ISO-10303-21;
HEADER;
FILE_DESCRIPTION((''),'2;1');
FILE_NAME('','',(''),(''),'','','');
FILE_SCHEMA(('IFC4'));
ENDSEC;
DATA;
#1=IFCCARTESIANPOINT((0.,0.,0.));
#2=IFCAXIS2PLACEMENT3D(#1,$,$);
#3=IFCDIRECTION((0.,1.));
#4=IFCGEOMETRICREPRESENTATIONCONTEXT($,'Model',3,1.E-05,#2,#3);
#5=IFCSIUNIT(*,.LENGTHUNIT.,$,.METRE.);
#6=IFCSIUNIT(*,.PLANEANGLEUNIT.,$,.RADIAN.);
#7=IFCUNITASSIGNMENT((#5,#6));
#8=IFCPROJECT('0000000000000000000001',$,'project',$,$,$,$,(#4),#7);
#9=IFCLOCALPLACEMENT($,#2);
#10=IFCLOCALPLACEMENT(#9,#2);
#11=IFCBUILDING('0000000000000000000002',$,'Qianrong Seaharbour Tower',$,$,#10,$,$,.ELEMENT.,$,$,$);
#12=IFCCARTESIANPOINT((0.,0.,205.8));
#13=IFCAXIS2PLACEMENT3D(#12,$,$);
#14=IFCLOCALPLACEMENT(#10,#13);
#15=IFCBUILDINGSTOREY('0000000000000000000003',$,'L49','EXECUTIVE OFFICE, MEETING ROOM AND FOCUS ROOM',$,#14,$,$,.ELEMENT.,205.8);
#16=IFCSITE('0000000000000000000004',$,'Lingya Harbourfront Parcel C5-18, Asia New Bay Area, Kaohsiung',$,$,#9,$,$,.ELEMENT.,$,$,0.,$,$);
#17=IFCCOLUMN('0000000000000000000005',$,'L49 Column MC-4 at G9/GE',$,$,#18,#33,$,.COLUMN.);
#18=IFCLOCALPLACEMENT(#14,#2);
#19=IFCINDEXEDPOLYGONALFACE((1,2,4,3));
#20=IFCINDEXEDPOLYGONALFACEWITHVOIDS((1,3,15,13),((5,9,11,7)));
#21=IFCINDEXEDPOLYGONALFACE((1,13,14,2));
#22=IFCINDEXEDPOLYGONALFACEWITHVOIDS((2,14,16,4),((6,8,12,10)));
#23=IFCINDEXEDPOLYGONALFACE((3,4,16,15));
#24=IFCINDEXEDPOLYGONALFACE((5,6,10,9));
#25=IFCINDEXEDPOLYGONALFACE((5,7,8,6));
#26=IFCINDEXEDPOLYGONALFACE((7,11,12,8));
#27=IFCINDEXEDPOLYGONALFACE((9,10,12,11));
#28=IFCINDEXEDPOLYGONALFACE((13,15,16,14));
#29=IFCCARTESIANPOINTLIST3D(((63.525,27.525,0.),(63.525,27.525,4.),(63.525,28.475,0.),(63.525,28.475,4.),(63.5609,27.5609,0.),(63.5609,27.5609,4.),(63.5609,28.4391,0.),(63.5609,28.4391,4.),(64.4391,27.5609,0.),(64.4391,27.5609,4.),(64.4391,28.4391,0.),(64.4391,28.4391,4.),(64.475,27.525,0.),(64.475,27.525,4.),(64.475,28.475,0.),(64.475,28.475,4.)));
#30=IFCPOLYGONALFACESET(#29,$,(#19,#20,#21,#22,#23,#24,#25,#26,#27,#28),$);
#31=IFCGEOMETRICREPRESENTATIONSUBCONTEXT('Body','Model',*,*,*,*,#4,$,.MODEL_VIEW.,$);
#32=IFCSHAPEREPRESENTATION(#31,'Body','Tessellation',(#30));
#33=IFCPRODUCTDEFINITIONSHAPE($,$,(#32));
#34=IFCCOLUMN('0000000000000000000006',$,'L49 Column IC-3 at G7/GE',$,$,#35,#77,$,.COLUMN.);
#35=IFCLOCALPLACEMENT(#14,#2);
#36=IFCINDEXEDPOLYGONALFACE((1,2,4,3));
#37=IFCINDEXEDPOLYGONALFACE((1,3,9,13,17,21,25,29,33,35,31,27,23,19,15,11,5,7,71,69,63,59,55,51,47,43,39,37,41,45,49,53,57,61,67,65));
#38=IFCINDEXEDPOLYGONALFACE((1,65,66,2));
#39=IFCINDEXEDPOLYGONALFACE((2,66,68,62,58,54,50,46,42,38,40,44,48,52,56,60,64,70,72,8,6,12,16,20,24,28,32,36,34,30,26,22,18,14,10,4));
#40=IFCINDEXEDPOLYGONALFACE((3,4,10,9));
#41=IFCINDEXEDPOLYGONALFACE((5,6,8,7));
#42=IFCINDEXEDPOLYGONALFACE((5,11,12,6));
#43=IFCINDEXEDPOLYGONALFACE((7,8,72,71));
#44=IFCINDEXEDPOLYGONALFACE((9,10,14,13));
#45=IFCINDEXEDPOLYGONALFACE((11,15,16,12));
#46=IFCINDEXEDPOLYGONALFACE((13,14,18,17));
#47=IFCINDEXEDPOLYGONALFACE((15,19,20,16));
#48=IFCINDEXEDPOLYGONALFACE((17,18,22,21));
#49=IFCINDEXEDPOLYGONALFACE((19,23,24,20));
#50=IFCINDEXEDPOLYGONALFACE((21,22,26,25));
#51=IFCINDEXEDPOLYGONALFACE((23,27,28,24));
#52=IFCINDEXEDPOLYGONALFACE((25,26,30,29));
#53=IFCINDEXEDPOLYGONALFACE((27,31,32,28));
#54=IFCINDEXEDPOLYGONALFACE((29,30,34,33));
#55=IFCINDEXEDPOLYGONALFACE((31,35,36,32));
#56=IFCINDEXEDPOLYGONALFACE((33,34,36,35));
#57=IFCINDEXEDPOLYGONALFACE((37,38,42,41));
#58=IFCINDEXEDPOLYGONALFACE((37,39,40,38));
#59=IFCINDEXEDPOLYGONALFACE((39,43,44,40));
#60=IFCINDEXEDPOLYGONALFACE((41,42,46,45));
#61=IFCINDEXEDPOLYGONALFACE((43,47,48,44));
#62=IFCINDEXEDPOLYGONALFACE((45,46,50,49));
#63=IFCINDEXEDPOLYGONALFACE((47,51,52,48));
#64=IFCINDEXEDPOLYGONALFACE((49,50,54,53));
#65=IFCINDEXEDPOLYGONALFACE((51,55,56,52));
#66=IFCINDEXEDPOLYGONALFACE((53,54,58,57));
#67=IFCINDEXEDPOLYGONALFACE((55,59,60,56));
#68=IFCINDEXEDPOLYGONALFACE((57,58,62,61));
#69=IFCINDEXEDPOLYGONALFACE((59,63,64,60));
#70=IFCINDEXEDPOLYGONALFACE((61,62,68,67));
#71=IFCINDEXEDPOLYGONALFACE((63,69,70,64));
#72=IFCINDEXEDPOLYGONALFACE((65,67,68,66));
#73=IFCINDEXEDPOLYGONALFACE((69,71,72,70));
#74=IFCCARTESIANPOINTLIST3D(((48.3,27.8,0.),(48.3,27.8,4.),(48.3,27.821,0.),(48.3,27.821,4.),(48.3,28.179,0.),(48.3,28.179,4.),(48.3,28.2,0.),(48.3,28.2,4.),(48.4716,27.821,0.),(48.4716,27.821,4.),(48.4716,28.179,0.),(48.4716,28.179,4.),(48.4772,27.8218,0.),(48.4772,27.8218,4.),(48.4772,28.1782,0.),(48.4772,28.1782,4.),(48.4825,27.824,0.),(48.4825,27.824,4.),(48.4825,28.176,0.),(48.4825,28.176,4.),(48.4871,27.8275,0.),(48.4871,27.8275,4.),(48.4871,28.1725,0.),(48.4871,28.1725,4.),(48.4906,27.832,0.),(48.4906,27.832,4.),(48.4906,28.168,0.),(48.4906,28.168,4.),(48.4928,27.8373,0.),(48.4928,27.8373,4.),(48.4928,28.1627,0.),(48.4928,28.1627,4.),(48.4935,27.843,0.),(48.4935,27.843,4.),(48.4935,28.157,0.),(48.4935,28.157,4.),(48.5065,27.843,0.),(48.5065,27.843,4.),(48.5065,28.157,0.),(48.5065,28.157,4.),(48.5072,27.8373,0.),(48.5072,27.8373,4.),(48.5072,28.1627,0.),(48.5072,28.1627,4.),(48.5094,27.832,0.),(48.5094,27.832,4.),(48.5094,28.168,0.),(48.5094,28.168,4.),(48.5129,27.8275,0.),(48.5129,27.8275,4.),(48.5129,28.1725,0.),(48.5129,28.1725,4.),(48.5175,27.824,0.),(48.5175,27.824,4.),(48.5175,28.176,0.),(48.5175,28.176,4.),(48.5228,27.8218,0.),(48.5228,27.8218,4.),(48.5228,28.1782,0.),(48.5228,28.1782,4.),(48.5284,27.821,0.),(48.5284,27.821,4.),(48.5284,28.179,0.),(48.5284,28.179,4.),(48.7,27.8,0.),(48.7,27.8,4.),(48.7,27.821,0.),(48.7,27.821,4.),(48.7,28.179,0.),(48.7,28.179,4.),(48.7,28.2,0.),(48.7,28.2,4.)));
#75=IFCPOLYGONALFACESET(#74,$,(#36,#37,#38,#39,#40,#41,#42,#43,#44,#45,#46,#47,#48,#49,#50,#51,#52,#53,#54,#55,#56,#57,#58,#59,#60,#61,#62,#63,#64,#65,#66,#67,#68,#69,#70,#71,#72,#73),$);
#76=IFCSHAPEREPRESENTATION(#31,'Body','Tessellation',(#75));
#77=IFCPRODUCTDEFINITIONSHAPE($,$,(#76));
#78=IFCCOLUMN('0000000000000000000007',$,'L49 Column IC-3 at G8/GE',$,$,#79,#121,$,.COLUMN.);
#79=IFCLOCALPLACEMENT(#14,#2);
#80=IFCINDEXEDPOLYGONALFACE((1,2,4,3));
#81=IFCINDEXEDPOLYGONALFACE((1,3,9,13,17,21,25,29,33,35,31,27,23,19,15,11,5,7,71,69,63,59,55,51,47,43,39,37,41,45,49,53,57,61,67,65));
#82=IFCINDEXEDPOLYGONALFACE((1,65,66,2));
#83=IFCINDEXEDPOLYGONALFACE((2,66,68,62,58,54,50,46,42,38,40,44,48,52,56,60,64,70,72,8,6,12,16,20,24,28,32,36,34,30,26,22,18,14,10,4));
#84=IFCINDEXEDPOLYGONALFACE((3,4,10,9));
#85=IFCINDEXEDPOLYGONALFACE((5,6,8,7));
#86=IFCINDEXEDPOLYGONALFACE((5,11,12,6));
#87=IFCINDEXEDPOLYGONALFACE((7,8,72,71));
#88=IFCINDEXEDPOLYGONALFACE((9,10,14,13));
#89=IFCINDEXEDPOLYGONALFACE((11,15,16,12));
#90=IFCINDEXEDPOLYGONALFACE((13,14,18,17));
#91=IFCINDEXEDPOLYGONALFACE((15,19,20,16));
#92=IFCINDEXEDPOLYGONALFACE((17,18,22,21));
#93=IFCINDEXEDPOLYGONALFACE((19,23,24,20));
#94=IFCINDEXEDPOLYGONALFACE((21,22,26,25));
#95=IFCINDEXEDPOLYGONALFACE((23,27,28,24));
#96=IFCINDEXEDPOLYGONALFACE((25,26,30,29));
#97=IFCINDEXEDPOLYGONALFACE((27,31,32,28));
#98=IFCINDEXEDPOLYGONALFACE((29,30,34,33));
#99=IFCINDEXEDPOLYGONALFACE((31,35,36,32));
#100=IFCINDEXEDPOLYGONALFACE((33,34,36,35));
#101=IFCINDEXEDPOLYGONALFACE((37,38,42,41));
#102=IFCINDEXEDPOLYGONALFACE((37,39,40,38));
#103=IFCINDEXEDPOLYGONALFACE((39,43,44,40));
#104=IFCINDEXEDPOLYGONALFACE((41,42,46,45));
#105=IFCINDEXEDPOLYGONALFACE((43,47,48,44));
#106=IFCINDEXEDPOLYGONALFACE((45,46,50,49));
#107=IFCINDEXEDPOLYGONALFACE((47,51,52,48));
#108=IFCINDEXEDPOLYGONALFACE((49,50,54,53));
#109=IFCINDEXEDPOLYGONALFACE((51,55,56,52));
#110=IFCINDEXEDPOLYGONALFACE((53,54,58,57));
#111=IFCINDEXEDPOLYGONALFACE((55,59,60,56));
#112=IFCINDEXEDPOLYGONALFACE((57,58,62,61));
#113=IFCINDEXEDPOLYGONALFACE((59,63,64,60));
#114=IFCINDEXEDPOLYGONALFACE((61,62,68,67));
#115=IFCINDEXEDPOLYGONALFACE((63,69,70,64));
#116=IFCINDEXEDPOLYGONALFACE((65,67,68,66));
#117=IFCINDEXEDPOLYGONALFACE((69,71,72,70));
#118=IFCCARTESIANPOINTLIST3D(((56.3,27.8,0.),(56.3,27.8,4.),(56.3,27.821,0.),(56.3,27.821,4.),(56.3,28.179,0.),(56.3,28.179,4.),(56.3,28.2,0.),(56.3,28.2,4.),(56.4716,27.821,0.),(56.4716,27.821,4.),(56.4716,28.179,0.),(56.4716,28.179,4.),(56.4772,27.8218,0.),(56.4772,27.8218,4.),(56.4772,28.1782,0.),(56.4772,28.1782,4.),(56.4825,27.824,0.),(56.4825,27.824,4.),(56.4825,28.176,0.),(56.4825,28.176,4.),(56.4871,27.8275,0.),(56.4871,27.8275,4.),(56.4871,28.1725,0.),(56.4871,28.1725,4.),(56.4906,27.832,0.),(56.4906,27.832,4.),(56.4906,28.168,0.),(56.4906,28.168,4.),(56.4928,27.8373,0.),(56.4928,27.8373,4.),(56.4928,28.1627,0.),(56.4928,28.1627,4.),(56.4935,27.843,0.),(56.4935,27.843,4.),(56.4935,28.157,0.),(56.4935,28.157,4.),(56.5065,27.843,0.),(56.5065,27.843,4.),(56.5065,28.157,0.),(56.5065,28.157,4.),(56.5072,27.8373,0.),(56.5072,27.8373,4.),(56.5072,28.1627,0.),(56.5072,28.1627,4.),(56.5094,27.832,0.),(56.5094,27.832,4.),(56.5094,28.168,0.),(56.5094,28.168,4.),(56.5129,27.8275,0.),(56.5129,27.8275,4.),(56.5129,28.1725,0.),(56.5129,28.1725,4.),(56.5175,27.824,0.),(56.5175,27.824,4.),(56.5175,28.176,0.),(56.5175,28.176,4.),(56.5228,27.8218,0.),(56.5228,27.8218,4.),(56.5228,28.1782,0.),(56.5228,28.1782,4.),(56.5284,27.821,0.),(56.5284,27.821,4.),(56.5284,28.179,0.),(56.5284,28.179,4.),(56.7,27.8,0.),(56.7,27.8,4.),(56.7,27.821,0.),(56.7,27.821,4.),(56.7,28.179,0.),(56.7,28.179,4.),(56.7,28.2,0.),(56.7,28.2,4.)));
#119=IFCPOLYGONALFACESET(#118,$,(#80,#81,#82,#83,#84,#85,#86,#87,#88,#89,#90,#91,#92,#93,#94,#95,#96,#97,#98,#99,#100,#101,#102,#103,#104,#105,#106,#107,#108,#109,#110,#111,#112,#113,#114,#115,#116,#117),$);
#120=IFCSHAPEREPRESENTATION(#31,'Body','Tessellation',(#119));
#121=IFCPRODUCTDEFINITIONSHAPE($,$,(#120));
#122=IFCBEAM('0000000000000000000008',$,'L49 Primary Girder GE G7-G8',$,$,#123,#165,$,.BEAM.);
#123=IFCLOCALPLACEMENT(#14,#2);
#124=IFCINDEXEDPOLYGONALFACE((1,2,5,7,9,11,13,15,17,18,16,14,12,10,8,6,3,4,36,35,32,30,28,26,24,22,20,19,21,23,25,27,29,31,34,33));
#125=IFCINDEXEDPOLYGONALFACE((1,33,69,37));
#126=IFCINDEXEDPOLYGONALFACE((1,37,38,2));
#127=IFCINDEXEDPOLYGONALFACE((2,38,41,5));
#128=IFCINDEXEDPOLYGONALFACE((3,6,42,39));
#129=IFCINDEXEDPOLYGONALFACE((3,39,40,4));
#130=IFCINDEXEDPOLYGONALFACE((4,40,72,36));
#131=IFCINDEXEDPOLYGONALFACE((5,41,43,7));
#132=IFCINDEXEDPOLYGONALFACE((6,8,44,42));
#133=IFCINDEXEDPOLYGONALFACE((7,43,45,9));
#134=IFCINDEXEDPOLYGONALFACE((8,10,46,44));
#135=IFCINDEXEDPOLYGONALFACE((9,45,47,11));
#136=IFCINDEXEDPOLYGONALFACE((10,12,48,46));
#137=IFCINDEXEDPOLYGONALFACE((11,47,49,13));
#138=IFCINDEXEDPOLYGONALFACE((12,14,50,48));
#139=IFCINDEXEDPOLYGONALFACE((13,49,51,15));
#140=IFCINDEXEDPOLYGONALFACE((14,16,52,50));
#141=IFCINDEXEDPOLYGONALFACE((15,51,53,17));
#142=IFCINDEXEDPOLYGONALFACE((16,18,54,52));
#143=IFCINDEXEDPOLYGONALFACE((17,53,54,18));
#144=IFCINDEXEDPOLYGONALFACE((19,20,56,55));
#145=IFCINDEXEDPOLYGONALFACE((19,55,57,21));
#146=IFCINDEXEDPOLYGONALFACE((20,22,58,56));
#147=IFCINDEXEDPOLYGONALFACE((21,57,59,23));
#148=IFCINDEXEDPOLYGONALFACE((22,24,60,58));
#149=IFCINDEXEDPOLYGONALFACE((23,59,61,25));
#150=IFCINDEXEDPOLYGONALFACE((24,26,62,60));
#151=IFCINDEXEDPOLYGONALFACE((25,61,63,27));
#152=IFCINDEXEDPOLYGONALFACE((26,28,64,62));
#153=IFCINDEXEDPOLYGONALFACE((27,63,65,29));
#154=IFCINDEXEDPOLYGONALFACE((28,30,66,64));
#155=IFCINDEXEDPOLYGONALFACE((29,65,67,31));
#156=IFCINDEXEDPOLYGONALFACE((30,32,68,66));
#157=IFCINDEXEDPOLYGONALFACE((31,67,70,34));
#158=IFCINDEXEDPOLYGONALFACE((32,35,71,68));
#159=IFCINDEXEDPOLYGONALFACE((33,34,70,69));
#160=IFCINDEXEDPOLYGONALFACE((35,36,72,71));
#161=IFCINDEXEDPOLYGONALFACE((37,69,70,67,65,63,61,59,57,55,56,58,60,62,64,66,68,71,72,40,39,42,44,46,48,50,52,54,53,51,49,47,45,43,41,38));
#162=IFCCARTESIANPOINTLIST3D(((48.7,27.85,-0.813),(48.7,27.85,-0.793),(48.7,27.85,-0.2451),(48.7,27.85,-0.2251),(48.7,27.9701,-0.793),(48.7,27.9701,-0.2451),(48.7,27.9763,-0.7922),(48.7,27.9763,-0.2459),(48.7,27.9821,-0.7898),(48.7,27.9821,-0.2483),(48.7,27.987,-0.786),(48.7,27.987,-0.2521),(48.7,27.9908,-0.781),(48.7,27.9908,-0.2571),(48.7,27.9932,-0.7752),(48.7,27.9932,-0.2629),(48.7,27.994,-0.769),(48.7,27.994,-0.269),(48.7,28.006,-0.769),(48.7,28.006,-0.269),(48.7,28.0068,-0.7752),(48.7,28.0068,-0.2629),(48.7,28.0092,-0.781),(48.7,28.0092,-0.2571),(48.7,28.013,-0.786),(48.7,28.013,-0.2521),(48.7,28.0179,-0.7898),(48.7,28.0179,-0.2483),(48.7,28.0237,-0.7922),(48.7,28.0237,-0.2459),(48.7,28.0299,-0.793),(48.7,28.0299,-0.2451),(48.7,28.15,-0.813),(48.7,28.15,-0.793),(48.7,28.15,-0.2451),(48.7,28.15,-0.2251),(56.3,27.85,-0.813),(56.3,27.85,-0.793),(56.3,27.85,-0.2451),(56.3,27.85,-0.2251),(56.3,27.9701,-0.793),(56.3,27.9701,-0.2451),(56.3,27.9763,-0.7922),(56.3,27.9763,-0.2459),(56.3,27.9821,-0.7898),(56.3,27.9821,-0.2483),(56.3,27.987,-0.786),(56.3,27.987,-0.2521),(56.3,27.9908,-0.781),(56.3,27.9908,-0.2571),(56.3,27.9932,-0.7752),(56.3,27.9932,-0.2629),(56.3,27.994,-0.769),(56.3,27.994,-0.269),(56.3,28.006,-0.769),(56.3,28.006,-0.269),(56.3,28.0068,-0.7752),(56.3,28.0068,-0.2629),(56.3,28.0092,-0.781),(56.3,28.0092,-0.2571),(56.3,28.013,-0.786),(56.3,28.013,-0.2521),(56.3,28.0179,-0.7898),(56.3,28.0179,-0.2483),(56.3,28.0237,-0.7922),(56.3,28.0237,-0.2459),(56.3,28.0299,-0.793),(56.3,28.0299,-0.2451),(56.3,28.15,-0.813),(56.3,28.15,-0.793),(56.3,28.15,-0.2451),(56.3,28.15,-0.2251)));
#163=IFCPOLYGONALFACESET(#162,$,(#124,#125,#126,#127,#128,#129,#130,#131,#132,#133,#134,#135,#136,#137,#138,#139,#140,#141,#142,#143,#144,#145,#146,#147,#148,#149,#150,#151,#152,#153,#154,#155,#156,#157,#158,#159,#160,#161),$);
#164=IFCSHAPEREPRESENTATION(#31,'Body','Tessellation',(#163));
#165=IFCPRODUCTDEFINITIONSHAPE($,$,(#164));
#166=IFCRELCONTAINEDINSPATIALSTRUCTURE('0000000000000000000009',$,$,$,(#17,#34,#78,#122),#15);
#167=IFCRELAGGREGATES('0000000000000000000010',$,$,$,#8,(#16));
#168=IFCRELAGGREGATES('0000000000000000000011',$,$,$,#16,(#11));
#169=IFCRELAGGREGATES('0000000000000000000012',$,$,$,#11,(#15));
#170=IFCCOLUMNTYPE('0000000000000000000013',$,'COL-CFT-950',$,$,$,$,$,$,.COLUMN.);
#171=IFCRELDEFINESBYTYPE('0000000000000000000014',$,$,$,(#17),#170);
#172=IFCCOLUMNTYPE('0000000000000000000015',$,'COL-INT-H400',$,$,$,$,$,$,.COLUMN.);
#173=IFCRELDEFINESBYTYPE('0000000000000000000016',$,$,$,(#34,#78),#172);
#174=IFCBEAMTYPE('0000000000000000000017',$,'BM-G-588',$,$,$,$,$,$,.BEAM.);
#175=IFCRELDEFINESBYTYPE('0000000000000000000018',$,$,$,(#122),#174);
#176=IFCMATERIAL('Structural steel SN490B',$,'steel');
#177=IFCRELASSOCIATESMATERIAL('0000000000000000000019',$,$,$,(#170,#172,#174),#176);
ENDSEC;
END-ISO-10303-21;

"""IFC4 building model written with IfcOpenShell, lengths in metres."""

from ifc_helpers import new_model, si_unit, direction, frame, origin, origin_2d, place, context, subcontext, project, spatial, hollow_rectangle, i_section, extrude, material, material_profile, profile_set, type_object, element, save


model = new_model("IFC4")

# Units and contexts
model_context = context("Model", 3, precision=1e-05, world=origin(), true_north=direction((0.0, 1.0)))
body_context = subcontext(model_context, "Body", "Model", "MODEL_VIEW")
ifc_project = project(units=[si_unit("LENGTHUNIT", "METRE"), si_unit("PLANEANGLEUNIT", "RADIAN")], contexts=[model_context])

# Site, building, storey
site_placement = place(None, origin())
site = spatial("IfcSite", under=ifc_project, at=site_placement, Name="Lingya Harbourfront Parcel C5-18, Asia New Bay Area, Kaohsiung", CompositionType="ELEMENT", RefElevation=0.0)
building_placement = place(site_placement, origin())
building = spatial("IfcBuilding", under=site, at=building_placement, Name="Qianrong Seaharbour Tower", CompositionType="ELEMENT")
storey_placement = place(building_placement, frame((0.0, 0.0, 205.8)))
storey = spatial("IfcBuildingStorey", under=building, at=storey_placement, Name="L49", Description="EXECUTIVE OFFICE, MEETING ROOM AND FOCUS ROOM", CompositionType="ELEMENT", Elevation=205.8)

# Columns
ifc_material_1 = material(Name="Structural steel SN490B", Category="steel")
ifc_material_profile_1 = material_profile(ifc_material_1, hollow_rectangle(XDim=0.95, YDim=0.95, WallThickness=0.0359, at=origin_2d()), Name="BOX950x950x36")
ifc_profile_set_1 = profile_set([ifc_material_profile_1], Name="Structural steel SN490B")
column_type_1 = type_object("IfcColumnType", Name="COL-CFT-950", PredefinedType="COLUMN", material=ifc_profile_set_1)
column_placement = place(storey_placement, frame((64.0, 28.0, 0.0), z_axis=(0.0, 0.0, 1.0), x_axis=(1.0, 0.0, 0.0)))
element("IfcColumn", 1, at=column_placement, inside=storey, type_object=column_type_1, Name="L49 Column MC-4 at G9/GE", PredefinedType="COLUMN", context=body_context, shape_type="SweptSolid", body=[
    extrude(hollow_rectangle(XDim=0.95, YDim=0.95, WallThickness=0.0359, at=origin_2d()), origin(), (0.0, 0.0, 1.0), 4.0),
])
ifc_material_profile_2 = material_profile(ifc_material_1, i_section(OverallWidth=0.3999, OverallDepth=0.3999, WebThickness=0.0129, FlangeThickness=0.021, FilletRadius=0.022, at=origin_2d()), Name="H400x400x13x21")
ifc_profile_set_2 = profile_set([ifc_material_profile_2], Name="Structural steel SN490B")
column_type_2 = type_object("IfcColumnType", Name="COL-INT-H400", PredefinedType="COLUMN", material=ifc_profile_set_2)
for number, where, z_axis, x_axis, name in (
    (2, (48.5, 28.0, 0.0), (0.0, 0.0, 1.0), (1.0, 0.0, 0.0), "L49 Column IC-3 at G7/GE"),
    (3, (56.5, 28.0, 0.0), (0.0, 0.0, 1.0), (1.0, 0.0, 0.0), "L49 Column IC-3 at G8/GE"),
):
    element("IfcColumn", number, at=place(storey_placement, frame(where, z_axis=z_axis, x_axis=x_axis)), inside=storey, type_object=column_type_2, Name=name, PredefinedType="COLUMN", context=body_context, shape_type="SweptSolid", body=[
        extrude(i_section(OverallWidth=0.3999, OverallDepth=0.3999, WebThickness=0.0129, FlangeThickness=0.021, FilletRadius=0.022, at=origin_2d()), origin(), (0.0, 0.0, 1.0), 4.0),
    ])

# Beam
ifc_material_profile_3 = material_profile(ifc_material_1, i_section(OverallWidth=0.3, OverallDepth=0.5879, WebThickness=0.012, FlangeThickness=0.02, FilletRadius=0.0239, at=origin_2d()), Name="H588x300x12x20")
ifc_profile_set_3 = profile_set([ifc_material_profile_3], Name="Structural steel SN490B")
beam_type_1 = type_object("IfcBeamType", Name="BM-G-588", PredefinedType="BEAM", material=ifc_profile_set_3)
beam_1_placement = place(storey_placement, frame((48.7, 28.0, -0.519), z_axis=(1.0, 0.0, 0.0), x_axis=(0.0, 1.0, 0.0)))
element("IfcBeam", 4, at=beam_1_placement, inside=storey, type_object=beam_type_1, Name="L49 Primary Girder GE G7-G8", PredefinedType="BEAM", context=body_context, shape_type="SweptSolid", body=[
    extrude(i_section(OverallWidth=0.3, OverallDepth=0.5879, WebThickness=0.012, FlangeThickness=0.02, FilletRadius=0.0239, at=origin_2d()), origin(), (0.0, 0.0, 1.0), 7.6001),
])

save(model, "model.ifc")
